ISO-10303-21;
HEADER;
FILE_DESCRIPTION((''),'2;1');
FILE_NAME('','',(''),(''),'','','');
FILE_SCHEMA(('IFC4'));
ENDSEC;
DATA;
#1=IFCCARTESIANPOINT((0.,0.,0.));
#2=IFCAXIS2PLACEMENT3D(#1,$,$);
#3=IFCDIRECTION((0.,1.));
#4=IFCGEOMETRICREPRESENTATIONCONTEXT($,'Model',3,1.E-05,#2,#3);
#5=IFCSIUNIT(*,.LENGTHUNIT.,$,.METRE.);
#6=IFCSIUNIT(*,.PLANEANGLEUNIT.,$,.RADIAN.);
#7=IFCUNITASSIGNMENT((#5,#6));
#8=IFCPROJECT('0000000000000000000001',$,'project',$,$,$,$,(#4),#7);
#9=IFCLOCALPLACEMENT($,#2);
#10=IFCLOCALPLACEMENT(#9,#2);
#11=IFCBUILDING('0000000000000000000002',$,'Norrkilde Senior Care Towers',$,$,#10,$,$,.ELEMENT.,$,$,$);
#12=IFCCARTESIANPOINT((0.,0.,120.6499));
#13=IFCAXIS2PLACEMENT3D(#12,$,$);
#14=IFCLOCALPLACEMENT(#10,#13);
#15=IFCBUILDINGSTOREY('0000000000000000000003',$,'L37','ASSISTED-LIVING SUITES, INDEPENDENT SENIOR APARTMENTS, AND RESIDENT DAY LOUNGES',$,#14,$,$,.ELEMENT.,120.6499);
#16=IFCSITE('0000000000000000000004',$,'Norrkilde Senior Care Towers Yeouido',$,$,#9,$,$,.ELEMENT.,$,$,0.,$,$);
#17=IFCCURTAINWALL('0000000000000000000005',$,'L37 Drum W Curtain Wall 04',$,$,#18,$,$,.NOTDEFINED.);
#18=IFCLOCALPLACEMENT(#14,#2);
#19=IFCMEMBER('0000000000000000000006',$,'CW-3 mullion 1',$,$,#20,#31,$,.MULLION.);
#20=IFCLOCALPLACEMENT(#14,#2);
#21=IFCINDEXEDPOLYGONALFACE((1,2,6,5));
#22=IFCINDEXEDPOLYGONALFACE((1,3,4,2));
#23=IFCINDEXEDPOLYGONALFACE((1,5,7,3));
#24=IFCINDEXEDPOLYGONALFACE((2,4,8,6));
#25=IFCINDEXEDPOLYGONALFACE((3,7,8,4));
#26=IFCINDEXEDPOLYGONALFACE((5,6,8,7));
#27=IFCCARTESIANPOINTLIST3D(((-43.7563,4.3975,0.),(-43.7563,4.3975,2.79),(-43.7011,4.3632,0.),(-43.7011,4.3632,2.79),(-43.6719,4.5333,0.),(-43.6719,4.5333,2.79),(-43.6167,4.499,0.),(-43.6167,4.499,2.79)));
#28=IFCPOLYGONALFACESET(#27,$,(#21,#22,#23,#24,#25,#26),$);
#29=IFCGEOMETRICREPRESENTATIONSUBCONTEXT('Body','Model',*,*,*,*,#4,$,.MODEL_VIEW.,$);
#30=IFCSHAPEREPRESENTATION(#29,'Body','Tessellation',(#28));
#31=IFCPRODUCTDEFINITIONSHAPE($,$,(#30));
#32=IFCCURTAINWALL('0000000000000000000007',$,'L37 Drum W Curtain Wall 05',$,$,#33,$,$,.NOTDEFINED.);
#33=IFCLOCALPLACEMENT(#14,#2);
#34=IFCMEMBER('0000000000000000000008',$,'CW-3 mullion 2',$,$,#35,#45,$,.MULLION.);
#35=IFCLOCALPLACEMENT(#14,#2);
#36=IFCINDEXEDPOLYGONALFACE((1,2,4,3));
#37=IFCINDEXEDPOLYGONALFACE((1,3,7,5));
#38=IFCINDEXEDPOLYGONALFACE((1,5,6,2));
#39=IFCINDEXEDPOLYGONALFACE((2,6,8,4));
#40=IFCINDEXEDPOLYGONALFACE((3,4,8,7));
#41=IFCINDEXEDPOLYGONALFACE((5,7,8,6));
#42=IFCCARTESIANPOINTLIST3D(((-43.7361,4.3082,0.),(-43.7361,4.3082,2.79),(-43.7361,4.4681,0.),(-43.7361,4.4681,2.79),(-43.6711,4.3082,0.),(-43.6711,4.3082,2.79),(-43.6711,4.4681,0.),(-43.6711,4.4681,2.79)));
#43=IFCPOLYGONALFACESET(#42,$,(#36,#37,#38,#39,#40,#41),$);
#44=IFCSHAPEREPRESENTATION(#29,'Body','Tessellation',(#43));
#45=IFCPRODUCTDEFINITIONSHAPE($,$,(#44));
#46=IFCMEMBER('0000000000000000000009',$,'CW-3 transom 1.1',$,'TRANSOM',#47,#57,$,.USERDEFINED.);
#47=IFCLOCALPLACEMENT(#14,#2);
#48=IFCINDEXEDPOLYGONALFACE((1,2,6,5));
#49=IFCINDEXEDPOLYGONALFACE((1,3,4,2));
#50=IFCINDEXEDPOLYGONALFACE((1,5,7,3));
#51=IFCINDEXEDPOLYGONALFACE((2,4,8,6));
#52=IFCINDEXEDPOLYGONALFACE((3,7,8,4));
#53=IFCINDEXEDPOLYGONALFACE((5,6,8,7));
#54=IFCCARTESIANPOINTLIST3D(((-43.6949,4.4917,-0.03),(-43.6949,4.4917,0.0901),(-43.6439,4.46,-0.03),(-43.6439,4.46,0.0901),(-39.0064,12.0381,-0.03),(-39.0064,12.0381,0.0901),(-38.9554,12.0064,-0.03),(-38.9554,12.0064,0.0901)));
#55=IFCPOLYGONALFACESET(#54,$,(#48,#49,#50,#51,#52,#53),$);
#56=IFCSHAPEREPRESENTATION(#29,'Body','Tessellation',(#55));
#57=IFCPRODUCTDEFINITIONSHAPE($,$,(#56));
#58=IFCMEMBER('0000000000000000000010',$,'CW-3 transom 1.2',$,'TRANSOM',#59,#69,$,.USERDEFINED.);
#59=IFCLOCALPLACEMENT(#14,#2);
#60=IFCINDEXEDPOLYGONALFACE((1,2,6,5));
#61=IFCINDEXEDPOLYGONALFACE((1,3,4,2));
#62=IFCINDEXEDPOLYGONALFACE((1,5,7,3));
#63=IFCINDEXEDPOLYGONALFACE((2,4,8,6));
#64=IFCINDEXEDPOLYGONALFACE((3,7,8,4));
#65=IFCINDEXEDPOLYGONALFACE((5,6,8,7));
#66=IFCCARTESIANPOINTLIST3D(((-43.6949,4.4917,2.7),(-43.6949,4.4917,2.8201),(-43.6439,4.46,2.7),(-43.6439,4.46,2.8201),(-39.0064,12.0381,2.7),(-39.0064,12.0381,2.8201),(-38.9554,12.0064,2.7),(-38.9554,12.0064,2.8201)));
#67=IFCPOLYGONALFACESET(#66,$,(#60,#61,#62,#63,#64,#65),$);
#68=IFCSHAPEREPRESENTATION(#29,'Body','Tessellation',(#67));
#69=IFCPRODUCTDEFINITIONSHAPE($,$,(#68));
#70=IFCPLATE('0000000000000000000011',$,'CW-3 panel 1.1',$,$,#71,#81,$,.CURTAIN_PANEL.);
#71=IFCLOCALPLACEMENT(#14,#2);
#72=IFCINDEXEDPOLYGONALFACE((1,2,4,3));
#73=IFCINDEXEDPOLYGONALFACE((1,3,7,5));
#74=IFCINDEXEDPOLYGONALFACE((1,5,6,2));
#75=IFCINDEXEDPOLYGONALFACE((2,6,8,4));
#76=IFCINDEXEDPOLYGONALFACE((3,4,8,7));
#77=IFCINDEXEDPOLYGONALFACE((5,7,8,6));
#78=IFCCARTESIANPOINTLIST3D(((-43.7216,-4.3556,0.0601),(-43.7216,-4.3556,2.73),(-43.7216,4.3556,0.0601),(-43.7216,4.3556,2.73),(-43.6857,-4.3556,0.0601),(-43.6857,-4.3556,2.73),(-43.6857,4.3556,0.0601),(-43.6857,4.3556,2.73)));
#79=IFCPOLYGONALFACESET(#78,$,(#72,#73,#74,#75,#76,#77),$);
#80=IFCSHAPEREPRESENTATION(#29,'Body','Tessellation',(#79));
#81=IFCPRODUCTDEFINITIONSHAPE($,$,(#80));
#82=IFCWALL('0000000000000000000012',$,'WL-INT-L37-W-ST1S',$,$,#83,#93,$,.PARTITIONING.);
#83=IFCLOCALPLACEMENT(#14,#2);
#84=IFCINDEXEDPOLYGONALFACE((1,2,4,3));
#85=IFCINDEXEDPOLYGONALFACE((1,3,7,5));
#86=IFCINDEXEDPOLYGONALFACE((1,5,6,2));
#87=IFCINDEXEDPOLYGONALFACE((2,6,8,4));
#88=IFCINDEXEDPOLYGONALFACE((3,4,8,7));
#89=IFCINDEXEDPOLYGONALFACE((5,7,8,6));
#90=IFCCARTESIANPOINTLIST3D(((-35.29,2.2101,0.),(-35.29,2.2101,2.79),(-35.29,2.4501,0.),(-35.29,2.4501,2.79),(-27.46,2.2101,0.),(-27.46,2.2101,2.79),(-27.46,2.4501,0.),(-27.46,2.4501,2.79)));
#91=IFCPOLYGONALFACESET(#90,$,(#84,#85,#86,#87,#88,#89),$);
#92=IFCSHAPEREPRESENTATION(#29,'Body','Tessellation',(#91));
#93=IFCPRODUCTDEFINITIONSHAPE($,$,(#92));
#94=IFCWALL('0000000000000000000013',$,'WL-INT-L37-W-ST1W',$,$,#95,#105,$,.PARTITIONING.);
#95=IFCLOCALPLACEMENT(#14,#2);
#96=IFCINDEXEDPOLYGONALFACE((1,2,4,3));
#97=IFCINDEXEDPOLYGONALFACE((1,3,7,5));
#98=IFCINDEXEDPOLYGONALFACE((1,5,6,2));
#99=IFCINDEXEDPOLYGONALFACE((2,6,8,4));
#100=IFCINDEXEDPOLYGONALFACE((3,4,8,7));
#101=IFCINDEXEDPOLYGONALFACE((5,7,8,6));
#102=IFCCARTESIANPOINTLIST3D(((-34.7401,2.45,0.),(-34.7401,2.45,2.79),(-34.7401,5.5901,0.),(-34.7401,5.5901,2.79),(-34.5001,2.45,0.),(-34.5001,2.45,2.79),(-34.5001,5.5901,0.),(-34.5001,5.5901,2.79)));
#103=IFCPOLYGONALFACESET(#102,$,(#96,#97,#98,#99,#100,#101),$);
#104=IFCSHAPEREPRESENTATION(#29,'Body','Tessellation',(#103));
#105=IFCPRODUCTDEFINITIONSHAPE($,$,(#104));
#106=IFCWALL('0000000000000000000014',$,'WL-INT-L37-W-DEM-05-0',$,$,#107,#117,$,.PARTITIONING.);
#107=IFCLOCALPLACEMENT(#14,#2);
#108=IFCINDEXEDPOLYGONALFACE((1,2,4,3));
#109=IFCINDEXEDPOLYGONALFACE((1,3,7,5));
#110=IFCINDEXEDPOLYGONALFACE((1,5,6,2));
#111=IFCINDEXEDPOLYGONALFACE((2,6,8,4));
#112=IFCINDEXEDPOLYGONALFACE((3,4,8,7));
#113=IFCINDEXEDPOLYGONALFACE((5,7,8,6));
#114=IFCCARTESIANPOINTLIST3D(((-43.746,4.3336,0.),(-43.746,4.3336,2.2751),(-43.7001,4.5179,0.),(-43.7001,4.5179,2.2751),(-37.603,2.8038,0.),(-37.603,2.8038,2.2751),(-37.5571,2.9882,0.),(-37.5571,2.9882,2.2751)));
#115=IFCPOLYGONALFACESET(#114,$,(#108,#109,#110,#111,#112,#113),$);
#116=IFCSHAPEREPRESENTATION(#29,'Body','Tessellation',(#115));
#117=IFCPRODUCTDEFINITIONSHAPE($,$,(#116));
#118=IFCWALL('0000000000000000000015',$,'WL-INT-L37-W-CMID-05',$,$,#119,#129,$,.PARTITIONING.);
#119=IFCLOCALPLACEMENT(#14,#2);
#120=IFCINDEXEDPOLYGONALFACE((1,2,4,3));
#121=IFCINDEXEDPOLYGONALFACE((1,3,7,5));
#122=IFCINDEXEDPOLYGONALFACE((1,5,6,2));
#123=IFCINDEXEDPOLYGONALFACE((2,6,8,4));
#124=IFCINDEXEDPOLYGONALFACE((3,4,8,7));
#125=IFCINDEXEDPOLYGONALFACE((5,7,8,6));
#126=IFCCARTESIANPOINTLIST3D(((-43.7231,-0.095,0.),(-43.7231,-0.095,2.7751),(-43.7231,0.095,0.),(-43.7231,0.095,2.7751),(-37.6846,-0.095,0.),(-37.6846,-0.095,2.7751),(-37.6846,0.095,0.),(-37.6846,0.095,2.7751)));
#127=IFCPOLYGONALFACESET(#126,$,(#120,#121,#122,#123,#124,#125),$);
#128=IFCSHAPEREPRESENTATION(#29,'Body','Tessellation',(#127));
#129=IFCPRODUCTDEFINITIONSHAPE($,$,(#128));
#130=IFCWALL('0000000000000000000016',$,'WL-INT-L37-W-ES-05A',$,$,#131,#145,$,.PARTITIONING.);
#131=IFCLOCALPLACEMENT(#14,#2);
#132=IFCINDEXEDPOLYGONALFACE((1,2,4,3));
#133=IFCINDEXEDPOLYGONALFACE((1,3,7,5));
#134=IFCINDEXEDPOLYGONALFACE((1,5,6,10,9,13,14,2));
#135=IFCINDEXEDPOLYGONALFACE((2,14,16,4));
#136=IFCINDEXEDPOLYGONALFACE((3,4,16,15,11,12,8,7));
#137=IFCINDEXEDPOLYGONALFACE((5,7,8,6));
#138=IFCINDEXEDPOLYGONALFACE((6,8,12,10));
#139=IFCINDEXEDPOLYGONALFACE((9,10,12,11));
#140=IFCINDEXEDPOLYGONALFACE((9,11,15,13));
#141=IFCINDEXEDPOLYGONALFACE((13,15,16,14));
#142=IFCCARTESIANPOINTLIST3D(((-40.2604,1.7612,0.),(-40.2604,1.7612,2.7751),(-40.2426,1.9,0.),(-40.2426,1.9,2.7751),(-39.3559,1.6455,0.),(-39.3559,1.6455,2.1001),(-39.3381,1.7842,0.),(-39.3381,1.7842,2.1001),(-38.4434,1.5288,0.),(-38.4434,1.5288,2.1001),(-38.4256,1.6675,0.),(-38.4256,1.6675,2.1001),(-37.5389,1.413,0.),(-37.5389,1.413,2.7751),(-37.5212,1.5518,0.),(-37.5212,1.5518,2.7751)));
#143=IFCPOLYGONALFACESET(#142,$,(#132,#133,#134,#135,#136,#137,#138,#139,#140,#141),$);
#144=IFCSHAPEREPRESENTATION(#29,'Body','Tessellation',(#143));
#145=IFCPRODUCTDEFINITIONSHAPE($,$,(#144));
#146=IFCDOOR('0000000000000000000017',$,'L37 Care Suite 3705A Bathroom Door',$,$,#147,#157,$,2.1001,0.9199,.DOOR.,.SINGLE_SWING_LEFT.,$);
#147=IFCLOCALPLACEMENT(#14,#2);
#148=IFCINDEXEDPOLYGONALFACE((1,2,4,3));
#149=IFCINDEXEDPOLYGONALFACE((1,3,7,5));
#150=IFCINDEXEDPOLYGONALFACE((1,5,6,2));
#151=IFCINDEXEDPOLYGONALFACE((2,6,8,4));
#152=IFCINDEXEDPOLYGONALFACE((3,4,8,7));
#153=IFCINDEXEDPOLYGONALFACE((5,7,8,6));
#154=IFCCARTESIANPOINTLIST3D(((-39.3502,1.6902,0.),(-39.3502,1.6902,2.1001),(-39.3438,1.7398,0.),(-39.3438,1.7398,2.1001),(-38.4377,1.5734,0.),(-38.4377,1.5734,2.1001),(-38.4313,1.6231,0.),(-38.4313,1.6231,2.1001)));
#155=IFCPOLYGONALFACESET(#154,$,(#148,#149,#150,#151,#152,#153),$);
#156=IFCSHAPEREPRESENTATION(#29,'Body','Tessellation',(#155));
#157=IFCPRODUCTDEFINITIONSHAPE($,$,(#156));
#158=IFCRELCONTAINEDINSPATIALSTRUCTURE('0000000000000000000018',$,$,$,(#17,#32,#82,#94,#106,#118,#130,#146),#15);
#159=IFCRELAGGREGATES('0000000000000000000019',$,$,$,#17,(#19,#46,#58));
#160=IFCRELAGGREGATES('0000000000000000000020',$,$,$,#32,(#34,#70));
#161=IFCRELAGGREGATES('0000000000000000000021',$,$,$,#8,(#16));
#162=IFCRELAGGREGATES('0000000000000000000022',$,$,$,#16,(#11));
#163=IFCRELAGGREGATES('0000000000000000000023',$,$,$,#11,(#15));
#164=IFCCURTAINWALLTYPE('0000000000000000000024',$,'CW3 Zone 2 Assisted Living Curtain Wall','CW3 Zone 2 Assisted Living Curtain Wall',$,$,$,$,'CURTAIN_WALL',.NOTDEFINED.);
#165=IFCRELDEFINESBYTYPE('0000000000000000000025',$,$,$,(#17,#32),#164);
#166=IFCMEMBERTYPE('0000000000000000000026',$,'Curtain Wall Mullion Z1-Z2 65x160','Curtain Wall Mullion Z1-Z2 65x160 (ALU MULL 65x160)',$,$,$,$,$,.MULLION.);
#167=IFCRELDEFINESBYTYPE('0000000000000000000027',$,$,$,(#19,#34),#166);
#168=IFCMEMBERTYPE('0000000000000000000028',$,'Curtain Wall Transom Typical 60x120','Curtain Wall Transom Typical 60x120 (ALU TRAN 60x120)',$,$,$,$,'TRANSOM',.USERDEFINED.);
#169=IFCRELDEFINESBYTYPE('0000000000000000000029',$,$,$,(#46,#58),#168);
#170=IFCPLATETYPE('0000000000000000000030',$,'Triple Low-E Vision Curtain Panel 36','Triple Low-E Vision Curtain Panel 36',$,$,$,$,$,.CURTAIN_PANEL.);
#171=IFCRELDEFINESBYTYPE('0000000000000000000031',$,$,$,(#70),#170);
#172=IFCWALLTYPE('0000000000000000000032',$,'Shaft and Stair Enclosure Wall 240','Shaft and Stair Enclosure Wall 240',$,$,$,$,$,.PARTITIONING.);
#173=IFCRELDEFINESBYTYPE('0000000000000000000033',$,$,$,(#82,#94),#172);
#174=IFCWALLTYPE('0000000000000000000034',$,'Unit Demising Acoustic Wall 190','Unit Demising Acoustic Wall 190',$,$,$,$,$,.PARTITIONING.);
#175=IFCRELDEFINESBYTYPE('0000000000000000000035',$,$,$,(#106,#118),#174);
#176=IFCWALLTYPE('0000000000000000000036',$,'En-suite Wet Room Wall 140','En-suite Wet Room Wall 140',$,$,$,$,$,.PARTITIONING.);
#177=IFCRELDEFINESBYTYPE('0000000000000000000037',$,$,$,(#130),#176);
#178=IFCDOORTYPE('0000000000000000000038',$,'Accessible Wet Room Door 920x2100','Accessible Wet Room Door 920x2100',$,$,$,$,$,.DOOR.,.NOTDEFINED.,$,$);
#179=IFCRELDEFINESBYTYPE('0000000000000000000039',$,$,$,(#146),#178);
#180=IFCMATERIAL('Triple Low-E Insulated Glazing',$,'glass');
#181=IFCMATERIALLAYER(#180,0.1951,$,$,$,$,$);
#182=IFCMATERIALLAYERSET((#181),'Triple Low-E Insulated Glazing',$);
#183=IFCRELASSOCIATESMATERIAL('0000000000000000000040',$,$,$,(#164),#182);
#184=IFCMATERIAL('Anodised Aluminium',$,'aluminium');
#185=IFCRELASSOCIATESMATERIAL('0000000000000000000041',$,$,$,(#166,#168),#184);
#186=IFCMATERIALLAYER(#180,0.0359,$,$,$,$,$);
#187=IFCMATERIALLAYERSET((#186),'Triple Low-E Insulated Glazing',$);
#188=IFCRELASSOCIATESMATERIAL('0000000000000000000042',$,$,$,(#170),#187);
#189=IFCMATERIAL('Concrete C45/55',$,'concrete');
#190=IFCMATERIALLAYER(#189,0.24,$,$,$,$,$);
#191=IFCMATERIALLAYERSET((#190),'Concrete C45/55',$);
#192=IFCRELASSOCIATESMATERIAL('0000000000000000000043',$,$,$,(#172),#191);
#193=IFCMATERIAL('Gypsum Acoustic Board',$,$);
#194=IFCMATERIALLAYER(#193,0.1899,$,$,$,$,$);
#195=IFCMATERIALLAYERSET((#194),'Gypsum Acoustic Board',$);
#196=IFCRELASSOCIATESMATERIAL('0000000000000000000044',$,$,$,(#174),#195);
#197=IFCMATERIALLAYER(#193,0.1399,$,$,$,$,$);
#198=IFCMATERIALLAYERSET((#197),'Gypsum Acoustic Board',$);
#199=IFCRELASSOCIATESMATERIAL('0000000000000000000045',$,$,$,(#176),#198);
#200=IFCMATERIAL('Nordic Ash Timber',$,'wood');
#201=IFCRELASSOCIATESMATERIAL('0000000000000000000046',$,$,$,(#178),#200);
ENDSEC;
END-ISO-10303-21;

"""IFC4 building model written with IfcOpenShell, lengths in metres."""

from ifc_helpers import new_model, si_unit, direction, frame, frame_2d, origin, origin_2d, place, context, subcontext, project, spatial, rectangle, extrude, source, transform, mapped, material, layer, layer_set, material_profile, profile_set, type_object, type_shapes, element, fill, aggregate, save


model = new_model("IFC4")

# Units and contexts
model_context = context("Model", 3, precision=1e-05, world=origin(), true_north=direction((0.0, 1.0)))
body_context = subcontext(model_context, "Body", "Model", "MODEL_VIEW")
ifc_project = project(units=[si_unit("LENGTHUNIT", "METRE"), si_unit("PLANEANGLEUNIT", "RADIAN")], contexts=[model_context])

# Site, building, storey
site_placement = place(None, origin())
site = spatial("IfcSite", under=ifc_project, at=site_placement, Name="Norrkilde Senior Care Towers Yeouido", CompositionType="ELEMENT", RefElevation=0.0)
building_placement = place(site_placement, origin())
building = spatial("IfcBuilding", under=site, at=building_placement, Name="Norrkilde Senior Care Towers", CompositionType="ELEMENT")
storey_placement = place(building_placement, frame((0.0, 0.0, 120.6499)))
storey = spatial("IfcBuildingStorey", under=building, at=storey_placement, Name="L37", Description="ASSISTED-LIVING SUITES, INDEPENDENT SENIOR APARTMENTS, AND RESIDENT DAY LOUNGES", CompositionType="ELEMENT", Elevation=120.6499)

# Curtain walls, members
ifc_material_1 = material(Name="Triple Low-E Insulated Glazing", Category="glass")
ifc_layer_1 = layer(ifc_material_1, 0.1951)
ifc_layer_set_1 = layer_set([ifc_layer_1], Name="Triple Low-E Insulated Glazing")
curtain_wall_type = type_object("IfcCurtainWallType", Name="CW3 Zone 2 Assisted Living Curtain Wall", Description="CW3 Zone 2 Assisted Living Curtain Wall", ElementType="CURTAIN_WALL", PredefinedType="NOTDEFINED", material=ifc_layer_set_1)
curtain_wall_1_placement = place(storey_placement, origin())
curtain_wall_1 = element("IfcCurtainWall", 1, at=curtain_wall_1_placement, inside=storey, type_object=curtain_wall_type, Name="L37 Drum W Curtain Wall 04", PredefinedType="NOTDEFINED")
ifc_material_2 = material(Name="Anodised Aluminium", Category="aluminium")
ifc_material_profile_1 = material_profile(ifc_material_2, rectangle(XDim=0.0649, YDim=0.1599, at=origin_2d()), Name="ALU MULL 65x160")
ifc_profile_set_1 = profile_set([ifc_material_profile_1], Name="Anodised Aluminium")
member_type_1 = type_object("IfcMemberType", Name="Curtain Wall Mullion Z1-Z2 65x160", Description="Curtain Wall Mullion Z1-Z2 65x160 (ALU MULL 65x160)", PredefinedType="MULLION", material=ifc_profile_set_1)
shared_shape_1 = source(origin(), body_context, "Body", "SweptSolid", [
    extrude(rectangle(XDim=0.0649, YDim=0.1599, at=origin_2d()), origin(), (0.0, 0.0, 1.0), 2.79),
])
type_shapes(member_type_1, [shared_shape_1])
member_1_placement = place(storey_placement, frame((-43.6865, 4.4482, 0.0), z_axis=(0.0, 0.0, 1.0), x_axis=(-0.84941, 0.527733, 0.0)))
member_1 = element("IfcMember", 2, at=member_1_placement, type_object=member_type_1, Name="CW-3 mullion 1", PredefinedType="MULLION", context=body_context, shape_type="MappedRepresentation", body=[
    mapped(shared_shape_1, transform((0.0, 0.0, 0.0), x_axis=(1.0, 0.0, 0.0), y_axis=(0.0, 1.0, 0.0), z_axis=(0.0, 0.0, 1.0), scale=1.0)),
])
curtain_wall_2_placement = place(storey_placement, origin())
curtain_wall_2 = element("IfcCurtainWall", 3, at=curtain_wall_2_placement, inside=storey, type_object=curtain_wall_type, Name="L37 Drum W Curtain Wall 05", PredefinedType="NOTDEFINED")
member_2_placement = place(storey_placement, frame((-43.7036, 4.3882, 0.0), z_axis=(0.0, 0.0, 1.0), x_axis=(-1.0, 0.0, 0.0)))
member_2 = element("IfcMember", 4, at=member_2_placement, type_object=member_type_1, Name="CW-3 mullion 2", PredefinedType="MULLION", context=body_context, shape_type="MappedRepresentation", body=[
    mapped(shared_shape_1, transform((0.0, 0.0, 0.0), x_axis=(1.0, 0.0, 0.0), y_axis=(0.0, 1.0, 0.0), z_axis=(0.0, 0.0, 1.0), scale=1.0)),
])

# Members
ifc_material_profile_2 = material_profile(ifc_material_2, rectangle(XDim=0.0601, YDim=0.1201, at=origin_2d()), Name="ALU TRAN 60x120")
ifc_profile_set_2 = profile_set([ifc_material_profile_2], Name="Anodised Aluminium")
member_type_2 = type_object("IfcMemberType", Name="Curtain Wall Transom Typical 60x120", Description="Curtain Wall Transom Typical 60x120 (ALU TRAN 60x120)", ElementType="TRANSOM", PredefinedType="USERDEFINED", material=ifc_profile_set_2)
shared_shape_2 = source(origin(), body_context, "Body", "SweptSolid", [
    extrude(rectangle(XDim=0.0601, YDim=0.1201, at=origin_2d()), origin(), (0.0, 0.0, 1.0), 8.8843),
])
type_shapes(member_type_2, [shared_shape_2])
member_3_placement = place(storey_placement, frame((-43.6694, 4.4758, 0.03), z_axis=(0.527729, 0.849413, 0.0), x_axis=(-0.849413, 0.527729, 0.0)))
member_3 = element("IfcMember", 5, at=member_3_placement, type_object=member_type_2, Name="CW-3 transom 1.1", ObjectType="TRANSOM", PredefinedType="USERDEFINED", context=body_context, shape_type="MappedRepresentation", body=[
    mapped(shared_shape_2, transform((0.0, 0.0, 0.0), x_axis=(1.0, 0.0, 0.0), y_axis=(0.0, 1.0, 0.0), z_axis=(0.0, 0.0, 1.0), scale=1.0)),
])
member_4_placement = place(storey_placement, frame((-43.6694, 4.4758, 2.76), z_axis=(0.527729, 0.849413, 0.0), x_axis=(-0.849413, 0.527729, 0.0)))
member_4 = element("IfcMember", 6, at=member_4_placement, type_object=member_type_2, Name="CW-3 transom 1.2", ObjectType="TRANSOM", PredefinedType="USERDEFINED", context=body_context, shape_type="MappedRepresentation", body=[
    mapped(shared_shape_2, transform((0.0, 0.0, 0.0), x_axis=(1.0, 0.0, 0.0), y_axis=(0.0, 1.0, 0.0), z_axis=(0.0, 0.0, 1.0), scale=1.0)),
])
aggregate(curtain_wall_1, [member_1, member_3, member_4])

# Plate
ifc_layer_2 = layer(ifc_material_1, 0.0359)
ifc_layer_set_2 = layer_set([ifc_layer_2], Name="Triple Low-E Insulated Glazing")
plate_type = type_object("IfcPlateType", Name="Triple Low-E Vision Curtain Panel 36", Description="Triple Low-E Vision Curtain Panel 36", PredefinedType="CURTAIN_PANEL", material=ifc_layer_set_2)
shared_shape_3 = source(origin(), body_context, "Body", "SweptSolid", [
    extrude(rectangle(XDim=8.7112, YDim=0.0359, at=origin_2d()), origin(), (0.0, 0.0, 1.0), 2.6699),
])
type_shapes(plate_type, [shared_shape_3])
plate_placement = place(storey_placement, frame((-43.7036, 0.0, 0.0601), z_axis=(0.0, 0.0, 1.0), x_axis=(0.0, 1.0, 0.0)))
plate = element("IfcPlate", 7, at=plate_placement, type_object=plate_type, Name="CW-3 panel 1.1", PredefinedType="CURTAIN_PANEL", context=body_context, shape_type="MappedRepresentation", body=[
    mapped(shared_shape_3, transform((0.0, 0.0, 0.0), x_axis=(1.0, 0.0, 0.0), y_axis=(0.0, 1.0, 0.0), z_axis=(0.0, 0.0, 1.0), scale=1.0)),
])
aggregate(curtain_wall_2, [member_2, plate])

# Walls
ifc_material_3 = material(Name="Concrete C45/55", Category="concrete")
ifc_layer_3 = layer(ifc_material_3, 0.24)
ifc_layer_set_3 = layer_set([ifc_layer_3], Name="Concrete C45/55")
wall_type_1 = type_object("IfcWallType", Name="Shaft and Stair Enclosure Wall 240", Description="Shaft and Stair Enclosure Wall 240", PredefinedType="PARTITIONING", material=ifc_layer_set_3)
shared_shape_4 = source(origin(), body_context, "Body", "SweptSolid", [
    extrude(rectangle(XDim=7.8301, YDim=0.24, at=frame_2d((3.915, 0.0))), origin(), (0.0, 0.0, 1.0), 2.79),
])
wall_1_placement = place(storey_placement, frame((-35.29, 2.3301, 0.0), z_axis=(0.0, 0.0, 1.0), x_axis=(1.0, 0.0, 0.0)))
element("IfcWall", 8, at=wall_1_placement, inside=storey, type_object=wall_type_1, Name="WL-INT-L37-W-ST1S", PredefinedType="PARTITIONING", context=body_context, shape_type="MappedRepresentation", body=[
    mapped(shared_shape_4, transform((0.0, 0.0, 0.0), x_axis=(1.0, 0.0, 0.0), y_axis=(0.0, 1.0, 0.0), z_axis=(0.0, 0.0, 1.0), scale=1.0)),
])
shared_shape_5 = source(origin(), body_context, "Body", "SweptSolid", [
    extrude(rectangle(XDim=3.1401, YDim=0.24, at=frame_2d((1.5701, 0.0))), origin(), (0.0, 0.0, 1.0), 2.79),
])
type_shapes(wall_type_1, [shared_shape_4, shared_shape_5])
wall_2_placement = place(storey_placement, frame((-34.6201, 2.45, 0.0), z_axis=(0.0, 0.0, 1.0), x_axis=(0.0, 1.0, 0.0)))
element("IfcWall", 9, at=wall_2_placement, inside=storey, type_object=wall_type_1, Name="WL-INT-L37-W-ST1W", PredefinedType="PARTITIONING", context=body_context, shape_type="MappedRepresentation", body=[
    mapped(shared_shape_5, transform((0.0, 0.0, 0.0), x_axis=(1.0, 0.0, 0.0), y_axis=(0.0, 1.0, 0.0), z_axis=(0.0, 0.0, 1.0), scale=1.0)),
])
ifc_material_4 = material(Name="Gypsum Acoustic Board")
ifc_layer_4 = layer(ifc_material_4, 0.1899)
ifc_layer_set_4 = layer_set([ifc_layer_4], Name="Gypsum Acoustic Board")
wall_type_2 = type_object("IfcWallType", Name="Unit Demising Acoustic Wall 190", Description="Unit Demising Acoustic Wall 190", PredefinedType="PARTITIONING", material=ifc_layer_set_4)
shared_shape_6 = source(origin(), body_context, "Body", "SweptSolid", [
    extrude(rectangle(XDim=6.3306, YDim=0.1899, at=frame_2d((3.1653, 0.0))), origin(), (0.0, 0.0, 1.0), 2.2751),
])
wall_3_placement = place(storey_placement, frame((-37.5801, 2.896, 0.0), z_axis=(0.0, 0.0, 1.0), x_axis=(-0.970364, 0.241646, 0.0)))
element("IfcWall", 10, at=wall_3_placement, inside=storey, type_object=wall_type_2, Name="WL-INT-L37-W-DEM-05-0", PredefinedType="PARTITIONING", context=body_context, shape_type="MappedRepresentation", body=[
    mapped(shared_shape_6, transform((0.0, 0.0, 0.0), x_axis=(1.0, 0.0, 0.0), y_axis=(0.0, 1.0, 0.0), z_axis=(0.0, 0.0, 1.0), scale=1.0)),
])
shared_shape_7 = source(origin(), body_context, "Body", "SweptSolid", [
    extrude(rectangle(XDim=6.0386, YDim=0.1899, at=frame_2d((3.0193, 0.0))), origin(), (0.0, 0.0, 1.0), 2.7751),
])
type_shapes(wall_type_2, [shared_shape_6, shared_shape_7])
wall_4_placement = place(storey_placement, frame((-37.6846, 0.0, 0.0), z_axis=(0.0, 0.0, 1.0), x_axis=(-1.0, 0.0, 0.0)))
element("IfcWall", 11, at=wall_4_placement, inside=storey, type_object=wall_type_2, Name="WL-INT-L37-W-CMID-05", PredefinedType="PARTITIONING", context=body_context, shape_type="MappedRepresentation", body=[
    mapped(shared_shape_7, transform((0.0, 0.0, 0.0), x_axis=(1.0, 0.0, 0.0), y_axis=(0.0, 1.0, 0.0), z_axis=(0.0, 0.0, 1.0), scale=1.0)),
])

# Wall, opening, door
ifc_layer_5 = layer(ifc_material_4, 0.1399)
ifc_layer_set_5 = layer_set([ifc_layer_5], Name="Gypsum Acoustic Board")
wall_type_3 = type_object("IfcWallType", Name="En-suite Wet Room Wall 140", Description="En-suite Wet Room Wall 140", PredefinedType="PARTITIONING", material=ifc_layer_set_5)
shared_shape_8 = source(origin(), body_context, "Body", "SweptSolid", [
    extrude(rectangle(XDim=2.7437, YDim=0.1399, at=frame_2d((1.3718, 0.0))), origin(), (0.0, 0.0, 1.0), 2.7751),
])
wall_5_placement = place(storey_placement, frame((-37.53, 1.4824, 0.0), z_axis=(0.0, 0.0, 1.0), x_axis=(-0.991916, 0.126893, 0.0)))
wall_5 = element("IfcWall", 12, at=wall_5_placement, inside=storey, type_object=wall_type_3, Name="WL-INT-L37-W-ES-05A", PredefinedType="PARTITIONING", context=body_context, shape_type="MappedRepresentation", body=[
    mapped(shared_shape_8, transform((0.0, 0.0, 0.0), x_axis=(1.0, 0.0, 0.0), y_axis=(0.0, 1.0, 0.0), z_axis=(0.0, 0.0, 1.0), scale=1.0)),
])
opening_placement = place(wall_5_placement, frame((0.9119, 0.0, 0.0)))
opening = element("IfcOpeningElement", 13, at=opening_placement, cuts=wall_5, PredefinedType="OPENING", context=body_context, shape_type="SweptSolid", body=[
    extrude(rectangle(XDim=0.9199, YDim=2.1001, at=frame_2d((0.46, 1.05))), frame((0.0, 0.0798, 0.0), z_axis=(0.0, -1.0, 0.0), x_axis=(1.0, 0.0, 0.0)), (0.0, 0.0, 1.0), 0.1599),
])
ifc_material_5 = material(Name="Nordic Ash Timber", Category="wood")
door_type = type_object("IfcDoorType", Name="Accessible Wet Room Door 920x2100", Description="Accessible Wet Room Door 920x2100", OperationType="NOTDEFINED", PredefinedType="DOOR", material=ifc_material_5)
shared_shape_9 = source(origin(), body_context, "Body", "SweptSolid", [
    extrude(rectangle(XDim=0.9199, YDim=2.1001, at=frame_2d((0.46, 1.05))), frame((0.0, 0.0249, 0.0), z_axis=(0.0, -1.0, 0.0), x_axis=(1.0, 0.0, 0.0)), (0.0, 0.0, 1.0), 0.05),
])
type_shapes(door_type, [shared_shape_9])
door_placement = place(opening_placement, origin())
door = element("IfcDoor", 14, at=door_placement, inside=storey, type_object=door_type, Name="L37 Care Suite 3705A Bathroom Door", OperationType="SINGLE_SWING_LEFT", OverallHeight=2.1001, OverallWidth=0.9199, PredefinedType="DOOR", context=body_context, shape_type="MappedRepresentation", body=[
    mapped(shared_shape_9, transform((0.0, 0.0, 0.0), x_axis=(1.0, 0.0, 0.0), y_axis=(0.0, 1.0, 0.0), z_axis=(0.0, 0.0, 1.0), scale=1.0)),
])
fill(opening, door)

save(model, "model.ifc")
